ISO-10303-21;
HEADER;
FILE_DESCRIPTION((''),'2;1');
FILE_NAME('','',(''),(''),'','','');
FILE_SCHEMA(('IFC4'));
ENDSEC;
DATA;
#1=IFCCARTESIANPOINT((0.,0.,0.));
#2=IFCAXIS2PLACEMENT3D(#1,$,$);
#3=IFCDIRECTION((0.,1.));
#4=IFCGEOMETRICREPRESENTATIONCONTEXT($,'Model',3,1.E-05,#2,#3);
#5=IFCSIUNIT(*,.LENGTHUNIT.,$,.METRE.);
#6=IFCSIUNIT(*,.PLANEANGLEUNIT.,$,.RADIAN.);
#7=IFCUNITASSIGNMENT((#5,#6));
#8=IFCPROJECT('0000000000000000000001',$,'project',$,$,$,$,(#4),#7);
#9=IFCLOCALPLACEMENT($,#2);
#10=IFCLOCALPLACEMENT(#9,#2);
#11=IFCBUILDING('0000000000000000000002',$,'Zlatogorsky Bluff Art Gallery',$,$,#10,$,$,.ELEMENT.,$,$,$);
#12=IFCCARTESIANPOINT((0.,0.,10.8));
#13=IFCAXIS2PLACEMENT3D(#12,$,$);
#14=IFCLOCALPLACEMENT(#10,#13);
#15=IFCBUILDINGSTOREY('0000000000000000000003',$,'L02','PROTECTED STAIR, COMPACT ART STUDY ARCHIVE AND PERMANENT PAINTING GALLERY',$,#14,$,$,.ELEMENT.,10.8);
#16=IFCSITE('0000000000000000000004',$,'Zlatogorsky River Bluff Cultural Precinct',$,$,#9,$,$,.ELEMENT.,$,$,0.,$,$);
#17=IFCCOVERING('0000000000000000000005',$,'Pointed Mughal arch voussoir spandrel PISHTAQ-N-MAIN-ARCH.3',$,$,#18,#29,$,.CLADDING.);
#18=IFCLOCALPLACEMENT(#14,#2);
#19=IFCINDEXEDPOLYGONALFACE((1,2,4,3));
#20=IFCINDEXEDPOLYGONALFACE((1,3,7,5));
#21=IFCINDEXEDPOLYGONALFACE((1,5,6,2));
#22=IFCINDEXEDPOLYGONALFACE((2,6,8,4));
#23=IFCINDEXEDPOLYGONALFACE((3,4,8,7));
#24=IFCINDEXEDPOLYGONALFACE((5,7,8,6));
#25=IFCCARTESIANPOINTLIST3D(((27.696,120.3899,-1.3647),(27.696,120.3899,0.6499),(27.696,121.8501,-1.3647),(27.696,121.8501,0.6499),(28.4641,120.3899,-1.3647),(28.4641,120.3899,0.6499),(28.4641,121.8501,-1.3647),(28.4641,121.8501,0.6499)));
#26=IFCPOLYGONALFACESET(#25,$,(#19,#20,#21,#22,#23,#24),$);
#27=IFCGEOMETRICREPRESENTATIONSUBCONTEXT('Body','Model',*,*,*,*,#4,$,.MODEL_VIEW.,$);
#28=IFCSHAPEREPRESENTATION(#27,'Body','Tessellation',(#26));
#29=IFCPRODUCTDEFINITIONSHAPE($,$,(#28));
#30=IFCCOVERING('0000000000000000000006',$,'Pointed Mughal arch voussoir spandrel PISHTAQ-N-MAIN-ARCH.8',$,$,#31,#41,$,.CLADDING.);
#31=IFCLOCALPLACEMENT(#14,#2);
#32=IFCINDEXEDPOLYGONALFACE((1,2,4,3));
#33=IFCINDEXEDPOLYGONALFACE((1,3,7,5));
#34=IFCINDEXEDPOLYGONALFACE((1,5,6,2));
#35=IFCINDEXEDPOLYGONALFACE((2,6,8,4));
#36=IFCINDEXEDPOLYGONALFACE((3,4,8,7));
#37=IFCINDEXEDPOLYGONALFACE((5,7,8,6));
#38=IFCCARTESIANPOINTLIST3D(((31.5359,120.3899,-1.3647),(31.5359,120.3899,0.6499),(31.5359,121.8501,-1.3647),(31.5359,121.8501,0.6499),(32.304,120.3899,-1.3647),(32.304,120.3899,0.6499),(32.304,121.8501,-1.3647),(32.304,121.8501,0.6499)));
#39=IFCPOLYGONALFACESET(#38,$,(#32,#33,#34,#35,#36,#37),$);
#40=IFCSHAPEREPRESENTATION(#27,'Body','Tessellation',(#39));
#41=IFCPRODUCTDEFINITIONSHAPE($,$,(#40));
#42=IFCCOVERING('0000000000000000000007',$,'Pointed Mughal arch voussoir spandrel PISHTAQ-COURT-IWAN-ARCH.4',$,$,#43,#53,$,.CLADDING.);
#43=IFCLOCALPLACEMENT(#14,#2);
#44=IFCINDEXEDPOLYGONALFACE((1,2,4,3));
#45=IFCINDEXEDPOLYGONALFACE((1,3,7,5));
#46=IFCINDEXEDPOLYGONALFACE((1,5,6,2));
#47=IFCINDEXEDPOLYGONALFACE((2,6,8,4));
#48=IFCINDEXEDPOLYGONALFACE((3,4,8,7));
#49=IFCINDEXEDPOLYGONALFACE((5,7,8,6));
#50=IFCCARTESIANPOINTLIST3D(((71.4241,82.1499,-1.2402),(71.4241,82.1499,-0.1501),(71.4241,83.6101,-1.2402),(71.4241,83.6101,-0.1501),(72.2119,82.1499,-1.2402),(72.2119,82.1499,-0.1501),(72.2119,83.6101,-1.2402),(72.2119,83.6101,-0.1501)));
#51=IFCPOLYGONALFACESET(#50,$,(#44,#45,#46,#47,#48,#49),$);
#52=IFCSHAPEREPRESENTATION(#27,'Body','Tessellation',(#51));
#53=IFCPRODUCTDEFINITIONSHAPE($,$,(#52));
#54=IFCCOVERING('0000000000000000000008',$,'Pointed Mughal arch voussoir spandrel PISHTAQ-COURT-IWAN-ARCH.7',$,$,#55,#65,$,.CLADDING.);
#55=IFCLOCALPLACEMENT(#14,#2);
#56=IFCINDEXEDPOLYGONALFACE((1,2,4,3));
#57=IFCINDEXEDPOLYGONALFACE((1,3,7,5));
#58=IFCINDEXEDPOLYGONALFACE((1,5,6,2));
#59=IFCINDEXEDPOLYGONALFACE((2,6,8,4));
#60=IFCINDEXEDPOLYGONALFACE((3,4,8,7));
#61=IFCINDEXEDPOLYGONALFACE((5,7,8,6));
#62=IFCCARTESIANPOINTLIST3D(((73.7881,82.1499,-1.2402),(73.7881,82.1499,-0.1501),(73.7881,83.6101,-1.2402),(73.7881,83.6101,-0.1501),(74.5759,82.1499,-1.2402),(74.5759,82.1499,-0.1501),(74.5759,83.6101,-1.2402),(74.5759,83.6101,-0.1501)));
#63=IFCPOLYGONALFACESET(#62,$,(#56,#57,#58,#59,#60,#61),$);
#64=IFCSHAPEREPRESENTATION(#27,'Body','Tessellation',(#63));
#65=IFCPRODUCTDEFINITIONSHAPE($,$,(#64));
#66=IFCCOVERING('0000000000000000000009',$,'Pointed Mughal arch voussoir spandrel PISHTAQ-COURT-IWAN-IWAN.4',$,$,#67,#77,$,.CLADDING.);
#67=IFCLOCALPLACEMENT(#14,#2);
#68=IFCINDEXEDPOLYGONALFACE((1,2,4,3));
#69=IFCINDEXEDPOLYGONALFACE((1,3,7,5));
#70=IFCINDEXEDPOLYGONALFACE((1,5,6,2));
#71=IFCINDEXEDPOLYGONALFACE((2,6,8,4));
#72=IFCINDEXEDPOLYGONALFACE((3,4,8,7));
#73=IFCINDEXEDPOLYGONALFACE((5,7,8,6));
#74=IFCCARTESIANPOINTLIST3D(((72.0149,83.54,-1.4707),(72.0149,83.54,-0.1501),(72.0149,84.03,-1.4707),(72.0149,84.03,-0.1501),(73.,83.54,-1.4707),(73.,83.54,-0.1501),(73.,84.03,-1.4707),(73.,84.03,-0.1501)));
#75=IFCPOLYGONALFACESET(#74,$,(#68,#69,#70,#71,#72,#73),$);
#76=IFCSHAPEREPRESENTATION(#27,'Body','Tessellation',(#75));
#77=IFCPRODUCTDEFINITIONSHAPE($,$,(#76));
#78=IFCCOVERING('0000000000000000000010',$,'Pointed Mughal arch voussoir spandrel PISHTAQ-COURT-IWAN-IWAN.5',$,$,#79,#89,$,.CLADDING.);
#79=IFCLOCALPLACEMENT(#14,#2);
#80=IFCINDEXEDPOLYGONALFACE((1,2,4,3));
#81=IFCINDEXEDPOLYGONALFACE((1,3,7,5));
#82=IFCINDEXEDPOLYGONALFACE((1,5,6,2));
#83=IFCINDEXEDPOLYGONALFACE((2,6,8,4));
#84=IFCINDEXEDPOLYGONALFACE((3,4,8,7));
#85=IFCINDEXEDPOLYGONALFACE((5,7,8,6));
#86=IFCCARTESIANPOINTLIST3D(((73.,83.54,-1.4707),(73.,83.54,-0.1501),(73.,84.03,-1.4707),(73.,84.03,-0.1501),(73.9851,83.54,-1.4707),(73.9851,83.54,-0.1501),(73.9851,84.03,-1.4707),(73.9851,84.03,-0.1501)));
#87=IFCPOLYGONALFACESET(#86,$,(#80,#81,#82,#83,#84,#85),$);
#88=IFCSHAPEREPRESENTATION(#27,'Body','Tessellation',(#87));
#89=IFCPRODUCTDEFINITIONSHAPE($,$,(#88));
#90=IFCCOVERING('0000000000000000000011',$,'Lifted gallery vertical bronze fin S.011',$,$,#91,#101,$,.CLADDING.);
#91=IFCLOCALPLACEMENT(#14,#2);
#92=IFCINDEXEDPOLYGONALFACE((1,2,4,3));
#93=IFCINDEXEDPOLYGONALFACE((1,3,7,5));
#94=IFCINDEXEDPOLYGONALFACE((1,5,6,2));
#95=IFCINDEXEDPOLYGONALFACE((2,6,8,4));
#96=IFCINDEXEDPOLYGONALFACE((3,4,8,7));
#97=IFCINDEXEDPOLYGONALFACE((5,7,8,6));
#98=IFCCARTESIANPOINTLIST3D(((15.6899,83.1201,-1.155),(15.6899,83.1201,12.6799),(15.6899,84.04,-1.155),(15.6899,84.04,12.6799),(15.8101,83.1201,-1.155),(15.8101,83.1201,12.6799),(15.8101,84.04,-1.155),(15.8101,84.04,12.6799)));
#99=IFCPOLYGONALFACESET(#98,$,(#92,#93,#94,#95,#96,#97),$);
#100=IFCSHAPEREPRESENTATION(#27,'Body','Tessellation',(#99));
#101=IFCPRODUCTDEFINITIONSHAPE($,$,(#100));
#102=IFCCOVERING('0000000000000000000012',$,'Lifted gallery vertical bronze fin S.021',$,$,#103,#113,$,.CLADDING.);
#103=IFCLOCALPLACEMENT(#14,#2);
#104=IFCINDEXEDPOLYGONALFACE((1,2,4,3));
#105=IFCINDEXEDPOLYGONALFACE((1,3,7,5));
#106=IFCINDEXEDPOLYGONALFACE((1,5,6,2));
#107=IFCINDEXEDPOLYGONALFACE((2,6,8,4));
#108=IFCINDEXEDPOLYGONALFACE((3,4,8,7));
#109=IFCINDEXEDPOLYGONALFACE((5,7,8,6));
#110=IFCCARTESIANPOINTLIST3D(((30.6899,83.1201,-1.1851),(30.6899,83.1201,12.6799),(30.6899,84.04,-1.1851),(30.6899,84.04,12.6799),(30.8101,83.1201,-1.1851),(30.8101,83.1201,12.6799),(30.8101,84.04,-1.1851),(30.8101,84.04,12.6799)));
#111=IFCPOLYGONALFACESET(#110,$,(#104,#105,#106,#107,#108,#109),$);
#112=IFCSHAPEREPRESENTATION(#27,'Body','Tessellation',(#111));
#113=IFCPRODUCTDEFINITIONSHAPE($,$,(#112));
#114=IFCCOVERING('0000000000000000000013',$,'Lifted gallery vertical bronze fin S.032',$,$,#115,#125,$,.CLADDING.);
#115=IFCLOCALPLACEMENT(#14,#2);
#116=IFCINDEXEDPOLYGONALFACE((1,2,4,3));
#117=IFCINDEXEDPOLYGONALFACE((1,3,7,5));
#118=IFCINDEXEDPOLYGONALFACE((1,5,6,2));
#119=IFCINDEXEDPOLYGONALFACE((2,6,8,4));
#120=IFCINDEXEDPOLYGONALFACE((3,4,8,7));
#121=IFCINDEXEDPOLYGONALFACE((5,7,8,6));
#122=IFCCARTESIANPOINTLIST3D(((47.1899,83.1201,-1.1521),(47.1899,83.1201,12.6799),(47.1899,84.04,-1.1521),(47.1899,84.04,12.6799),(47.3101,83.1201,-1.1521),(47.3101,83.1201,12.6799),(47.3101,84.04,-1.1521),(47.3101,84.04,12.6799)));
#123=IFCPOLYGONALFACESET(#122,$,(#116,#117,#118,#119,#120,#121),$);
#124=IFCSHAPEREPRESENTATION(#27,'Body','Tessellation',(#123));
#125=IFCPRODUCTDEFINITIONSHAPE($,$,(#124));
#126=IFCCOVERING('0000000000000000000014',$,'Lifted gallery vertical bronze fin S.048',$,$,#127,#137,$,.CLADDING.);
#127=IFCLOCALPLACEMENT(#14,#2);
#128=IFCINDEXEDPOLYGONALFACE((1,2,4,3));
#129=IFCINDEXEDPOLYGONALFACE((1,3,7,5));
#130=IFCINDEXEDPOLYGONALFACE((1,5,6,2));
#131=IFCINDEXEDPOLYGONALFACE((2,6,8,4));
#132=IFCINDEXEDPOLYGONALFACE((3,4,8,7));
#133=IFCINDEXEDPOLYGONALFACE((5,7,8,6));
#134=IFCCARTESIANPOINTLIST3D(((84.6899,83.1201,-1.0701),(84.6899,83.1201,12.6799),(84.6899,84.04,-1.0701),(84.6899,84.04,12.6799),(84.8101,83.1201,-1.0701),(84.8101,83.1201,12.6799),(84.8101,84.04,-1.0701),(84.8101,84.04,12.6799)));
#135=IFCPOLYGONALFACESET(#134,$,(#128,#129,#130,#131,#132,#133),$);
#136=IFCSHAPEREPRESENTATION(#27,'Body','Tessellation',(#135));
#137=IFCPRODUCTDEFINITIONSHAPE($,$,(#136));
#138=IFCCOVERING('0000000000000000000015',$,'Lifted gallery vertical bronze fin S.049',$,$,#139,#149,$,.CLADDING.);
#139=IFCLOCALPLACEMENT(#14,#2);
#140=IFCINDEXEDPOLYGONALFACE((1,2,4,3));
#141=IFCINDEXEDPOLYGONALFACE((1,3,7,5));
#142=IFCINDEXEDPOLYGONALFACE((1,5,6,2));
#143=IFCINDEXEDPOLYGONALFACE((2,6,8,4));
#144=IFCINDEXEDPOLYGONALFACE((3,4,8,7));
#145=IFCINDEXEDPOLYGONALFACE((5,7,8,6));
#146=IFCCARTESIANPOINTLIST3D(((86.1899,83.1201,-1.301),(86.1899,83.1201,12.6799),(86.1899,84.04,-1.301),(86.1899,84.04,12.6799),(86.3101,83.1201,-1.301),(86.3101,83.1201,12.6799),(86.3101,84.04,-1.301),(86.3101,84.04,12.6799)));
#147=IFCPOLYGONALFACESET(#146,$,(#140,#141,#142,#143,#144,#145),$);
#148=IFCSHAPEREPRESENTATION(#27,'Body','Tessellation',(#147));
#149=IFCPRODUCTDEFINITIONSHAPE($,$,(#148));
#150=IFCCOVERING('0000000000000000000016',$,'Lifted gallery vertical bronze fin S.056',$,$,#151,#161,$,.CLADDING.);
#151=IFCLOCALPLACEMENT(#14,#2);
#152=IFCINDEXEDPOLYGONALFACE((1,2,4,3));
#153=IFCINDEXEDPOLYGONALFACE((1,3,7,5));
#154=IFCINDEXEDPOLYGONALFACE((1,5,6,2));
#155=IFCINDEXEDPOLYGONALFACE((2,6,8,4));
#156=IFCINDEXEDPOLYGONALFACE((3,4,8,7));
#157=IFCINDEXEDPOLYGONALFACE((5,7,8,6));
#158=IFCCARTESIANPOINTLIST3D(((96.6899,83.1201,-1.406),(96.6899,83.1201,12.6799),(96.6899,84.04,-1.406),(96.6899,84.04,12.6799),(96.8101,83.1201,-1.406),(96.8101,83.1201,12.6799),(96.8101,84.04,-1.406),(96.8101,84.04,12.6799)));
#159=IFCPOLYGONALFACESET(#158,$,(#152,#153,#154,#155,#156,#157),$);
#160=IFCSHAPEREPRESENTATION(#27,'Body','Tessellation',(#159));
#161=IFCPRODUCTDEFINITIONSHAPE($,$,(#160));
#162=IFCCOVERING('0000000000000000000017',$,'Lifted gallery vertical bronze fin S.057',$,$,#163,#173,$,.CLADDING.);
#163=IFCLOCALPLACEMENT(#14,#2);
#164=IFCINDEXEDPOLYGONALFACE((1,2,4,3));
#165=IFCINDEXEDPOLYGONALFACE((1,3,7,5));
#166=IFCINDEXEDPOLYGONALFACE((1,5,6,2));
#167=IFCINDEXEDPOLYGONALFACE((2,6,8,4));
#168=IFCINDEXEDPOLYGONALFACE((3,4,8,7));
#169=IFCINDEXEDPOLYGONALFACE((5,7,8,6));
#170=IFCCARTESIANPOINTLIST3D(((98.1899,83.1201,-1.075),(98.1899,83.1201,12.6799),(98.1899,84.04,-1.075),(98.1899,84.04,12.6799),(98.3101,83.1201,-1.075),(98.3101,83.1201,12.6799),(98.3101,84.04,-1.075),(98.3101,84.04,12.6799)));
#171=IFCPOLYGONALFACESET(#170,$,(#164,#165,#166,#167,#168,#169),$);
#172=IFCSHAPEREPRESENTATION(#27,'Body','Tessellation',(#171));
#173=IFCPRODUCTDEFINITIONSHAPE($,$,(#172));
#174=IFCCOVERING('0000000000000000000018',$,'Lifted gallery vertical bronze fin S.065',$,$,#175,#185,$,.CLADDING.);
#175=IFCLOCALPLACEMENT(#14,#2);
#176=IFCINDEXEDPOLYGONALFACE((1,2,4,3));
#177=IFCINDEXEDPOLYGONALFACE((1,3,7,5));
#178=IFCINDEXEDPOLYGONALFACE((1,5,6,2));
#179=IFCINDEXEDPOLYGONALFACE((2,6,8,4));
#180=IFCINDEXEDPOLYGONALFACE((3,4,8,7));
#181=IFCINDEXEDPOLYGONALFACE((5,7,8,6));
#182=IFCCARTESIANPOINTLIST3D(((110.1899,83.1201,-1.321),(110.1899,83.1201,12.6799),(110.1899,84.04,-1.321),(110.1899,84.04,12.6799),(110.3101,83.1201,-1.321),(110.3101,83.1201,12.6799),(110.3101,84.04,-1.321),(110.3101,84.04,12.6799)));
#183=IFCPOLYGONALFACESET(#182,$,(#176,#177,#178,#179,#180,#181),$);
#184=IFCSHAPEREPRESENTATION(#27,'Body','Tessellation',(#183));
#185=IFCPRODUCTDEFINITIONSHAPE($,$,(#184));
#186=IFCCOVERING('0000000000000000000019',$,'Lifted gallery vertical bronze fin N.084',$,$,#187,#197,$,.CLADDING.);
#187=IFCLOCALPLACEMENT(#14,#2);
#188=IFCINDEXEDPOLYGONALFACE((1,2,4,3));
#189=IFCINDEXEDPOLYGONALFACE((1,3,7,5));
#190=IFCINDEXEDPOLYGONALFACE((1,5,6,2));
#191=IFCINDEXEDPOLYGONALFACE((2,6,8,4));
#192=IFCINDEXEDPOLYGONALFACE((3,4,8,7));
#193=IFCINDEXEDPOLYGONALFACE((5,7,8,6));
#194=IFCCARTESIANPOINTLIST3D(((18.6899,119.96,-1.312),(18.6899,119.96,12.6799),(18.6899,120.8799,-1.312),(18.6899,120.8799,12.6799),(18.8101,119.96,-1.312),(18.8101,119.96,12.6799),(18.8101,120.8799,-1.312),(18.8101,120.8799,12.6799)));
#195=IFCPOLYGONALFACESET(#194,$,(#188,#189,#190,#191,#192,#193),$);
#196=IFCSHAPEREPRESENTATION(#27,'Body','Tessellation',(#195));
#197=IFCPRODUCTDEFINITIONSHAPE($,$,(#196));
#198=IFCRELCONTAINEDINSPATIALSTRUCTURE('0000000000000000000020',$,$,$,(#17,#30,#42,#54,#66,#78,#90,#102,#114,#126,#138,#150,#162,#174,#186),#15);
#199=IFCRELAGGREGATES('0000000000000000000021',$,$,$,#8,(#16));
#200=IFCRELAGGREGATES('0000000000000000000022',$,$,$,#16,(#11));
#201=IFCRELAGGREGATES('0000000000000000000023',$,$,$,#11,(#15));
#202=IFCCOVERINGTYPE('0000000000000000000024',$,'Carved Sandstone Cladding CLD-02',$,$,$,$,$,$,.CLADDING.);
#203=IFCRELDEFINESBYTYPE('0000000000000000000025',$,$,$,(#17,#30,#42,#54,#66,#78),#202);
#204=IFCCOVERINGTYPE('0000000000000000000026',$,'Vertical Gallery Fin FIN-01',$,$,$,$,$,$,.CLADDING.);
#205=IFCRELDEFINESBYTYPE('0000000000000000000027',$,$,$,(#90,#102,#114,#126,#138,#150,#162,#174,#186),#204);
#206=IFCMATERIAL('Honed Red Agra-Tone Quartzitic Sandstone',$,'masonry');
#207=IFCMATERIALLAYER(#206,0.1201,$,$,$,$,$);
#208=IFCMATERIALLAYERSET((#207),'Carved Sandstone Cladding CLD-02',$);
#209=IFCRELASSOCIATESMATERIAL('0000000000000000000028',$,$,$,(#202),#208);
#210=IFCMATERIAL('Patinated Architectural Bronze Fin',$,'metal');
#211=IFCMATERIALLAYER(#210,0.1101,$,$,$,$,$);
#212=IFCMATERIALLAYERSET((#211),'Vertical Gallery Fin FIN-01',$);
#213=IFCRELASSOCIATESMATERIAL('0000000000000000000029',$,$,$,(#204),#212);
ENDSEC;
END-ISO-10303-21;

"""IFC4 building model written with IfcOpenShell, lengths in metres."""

from ifc_helpers import new_model, si_unit, direction, frame, origin, place, context, subcontext, project, spatial, polyline, outline, extrude, material, layer, layer_set, type_object, element, save


model = new_model("IFC4")

# Units and contexts
model_context = context("Model", 3, precision=1e-05, world=origin(), true_north=direction((0.0, 1.0)))
body_context = subcontext(model_context, "Body", "Model", "MODEL_VIEW")
ifc_project = project(units=[si_unit("LENGTHUNIT", "METRE"), si_unit("PLANEANGLEUNIT", "RADIAN")], contexts=[model_context])

# Site, building, storey
site_placement = place(None, origin())
site = spatial("IfcSite", under=ifc_project, at=site_placement, Name="Zlatogorsky River Bluff Cultural Precinct", CompositionType="ELEMENT", RefElevation=0.0)
building_placement = place(site_placement, origin())
building = spatial("IfcBuilding", under=site, at=building_placement, Name="Zlatogorsky Bluff Art Gallery", CompositionType="ELEMENT")
storey_placement = place(building_placement, frame((0.0, 0.0, 10.8)))
storey = spatial("IfcBuildingStorey", under=building, at=storey_placement, Name="L02", Description="PROTECTED STAIR, COMPACT ART STUDY ARCHIVE AND PERMANENT PAINTING GALLERY", CompositionType="ELEMENT", Elevation=10.8)

# Coverings
ifc_material_1 = material(Name="Honed Red Agra-Tone Quartzitic Sandstone", Category="masonry")
ifc_layer_1 = layer(ifc_material_1, 0.1201)
ifc_layer_set_1 = layer_set([ifc_layer_1], Name="Carved Sandstone Cladding CLD-02")
covering_type_1 = type_object("IfcCoveringType", Name="Carved Sandstone Cladding CLD-02", PredefinedType="CLADDING", material=ifc_layer_set_1)
covering_1_placement = place(storey_placement, frame((0.0, 0.0, -1.3647)))
element("IfcCovering", 1, at=covering_1_placement, inside=storey, type_object=covering_type_1, Name="Pointed Mughal arch voussoir spandrel PISHTAQ-N-MAIN-ARCH.3", PredefinedType="CLADDING", context=body_context, shape_type="SweptSolid", body=[
    extrude(outline(polyline([(27.696, 120.3899), (28.4641, 120.3899), (28.4641, 121.8501), (27.696, 121.8501), (27.696, 120.3899)])), origin(), (0.0, 0.0, 1.0), 2.0146),
])
covering_2_placement = place(storey_placement, frame((0.0, 0.0, -1.3647)))
element("IfcCovering", 2, at=covering_2_placement, inside=storey, type_object=covering_type_1, Name="Pointed Mughal arch voussoir spandrel PISHTAQ-N-MAIN-ARCH.8", PredefinedType="CLADDING", context=body_context, shape_type="SweptSolid", body=[
    extrude(outline(polyline([(31.5359, 120.3899), (32.304, 120.3899), (32.304, 121.8501), (31.5359, 121.8501), (31.5359, 120.3899)])), origin(), (0.0, 0.0, 1.0), 2.0146),
])
covering_3_placement = place(storey_placement, frame((0.0, 0.0, -1.2402)))
element("IfcCovering", 3, at=covering_3_placement, inside=storey, type_object=covering_type_1, Name="Pointed Mughal arch voussoir spandrel PISHTAQ-COURT-IWAN-ARCH.4", PredefinedType="CLADDING", context=body_context, shape_type="SweptSolid", body=[
    extrude(outline(polyline([(71.4241, 82.1499), (72.2119, 82.1499), (72.2119, 83.6101), (71.4241, 83.6101), (71.4241, 82.1499)])), origin(), (0.0, 0.0, 1.0), 1.0901),
])
covering_4_placement = place(storey_placement, frame((0.0, 0.0, -1.2402)))
element("IfcCovering", 4, at=covering_4_placement, inside=storey, type_object=covering_type_1, Name="Pointed Mughal arch voussoir spandrel PISHTAQ-COURT-IWAN-ARCH.7", PredefinedType="CLADDING", context=body_context, shape_type="SweptSolid", body=[
    extrude(outline(polyline([(73.7881, 82.1499), (74.5759, 82.1499), (74.5759, 83.6101), (73.7881, 83.6101), (73.7881, 82.1499)])), origin(), (0.0, 0.0, 1.0), 1.0901),
])
covering_5_placement = place(storey_placement, frame((0.0, 0.0, -1.4707)))
element("IfcCovering", 5, at=covering_5_placement, inside=storey, type_object=covering_type_1, Name="Pointed Mughal arch voussoir spandrel PISHTAQ-COURT-IWAN-IWAN.4", PredefinedType="CLADDING", context=body_context, shape_type="SweptSolid", body=[
    extrude(outline(polyline([(72.0149, 83.54), (73.0, 83.54), (73.0, 84.03), (72.0149, 84.03), (72.0149, 83.54)])), origin(), (0.0, 0.0, 1.0), 1.3206),
])
covering_6_placement = place(storey_placement, frame((0.0, 0.0, -1.4707)))
element("IfcCovering", 6, at=covering_6_placement, inside=storey, type_object=covering_type_1, Name="Pointed Mughal arch voussoir spandrel PISHTAQ-COURT-IWAN-IWAN.5", PredefinedType="CLADDING", context=body_context, shape_type="SweptSolid", body=[
    extrude(outline(polyline([(73.0, 83.54), (73.9851, 83.54), (73.9851, 84.03), (73.0, 84.03), (73.0, 83.54)])), origin(), (0.0, 0.0, 1.0), 1.3206),
])
ifc_material_2 = material(Name="Patinated Architectural Bronze Fin", Category="metal")
ifc_layer_2 = layer(ifc_material_2, 0.1101)
ifc_layer_set_2 = layer_set([ifc_layer_2], Name="Vertical Gallery Fin FIN-01")
covering_type_2 = type_object("IfcCoveringType", Name="Vertical Gallery Fin FIN-01", PredefinedType="CLADDING", material=ifc_layer_set_2)
covering_7_placement = place(storey_placement, frame((0.0, 0.0, -1.155)))
element("IfcCovering", 7, at=covering_7_placement, inside=storey, type_object=covering_type_2, Name="Lifted gallery vertical bronze fin S.011", PredefinedType="CLADDING", context=body_context, shape_type="SweptSolid", body=[
    extrude(outline(polyline([(15.6899, 83.1201), (15.8101, 83.1201), (15.8101, 84.04), (15.6899, 84.04), (15.6899, 83.1201)])), origin(), (0.0, 0.0, 1.0), 13.835),
])
covering_8_placement = place(storey_placement, frame((0.0, 0.0, -1.1851)))
element("IfcCovering", 8, at=covering_8_placement, inside=storey, type_object=covering_type_2, Name="Lifted gallery vertical bronze fin S.021", PredefinedType="CLADDING", context=body_context, shape_type="SweptSolid", body=[
    extrude(outline(polyline([(30.6899, 83.1201), (30.8101, 83.1201), (30.8101, 84.04), (30.6899, 84.04), (30.6899, 83.1201)])), origin(), (0.0, 0.0, 1.0), 13.865),
])
covering_9_placement = place(storey_placement, frame((0.0, 0.0, -1.1521)))
element("IfcCovering", 9, at=covering_9_placement, inside=storey, type_object=covering_type_2, Name="Lifted gallery vertical bronze fin S.032", PredefinedType="CLADDING", context=body_context, shape_type="SweptSolid", body=[
    extrude(outline(polyline([(47.1899, 83.1201), (47.3101, 83.1201), (47.3101, 84.04), (47.1899, 84.04), (47.1899, 83.1201)])), origin(), (0.0, 0.0, 1.0), 13.832),
])
covering_10_placement = place(storey_placement, frame((0.0, 0.0, -1.0701)))
element("IfcCovering", 10, at=covering_10_placement, inside=storey, type_object=covering_type_2, Name="Lifted gallery vertical bronze fin S.048", PredefinedType="CLADDING", context=body_context, shape_type="SweptSolid", body=[
    extrude(outline(polyline([(84.6899, 83.1201), (84.8101, 83.1201), (84.8101, 84.04), (84.6899, 84.04), (84.6899, 83.1201)])), origin(), (0.0, 0.0, 1.0), 13.75),
])
covering_11_placement = place(storey_placement, frame((0.0, 0.0, -1.301)))
element("IfcCovering", 11, at=covering_11_placement, inside=storey, type_object=covering_type_2, Name="Lifted gallery vertical bronze fin S.049", PredefinedType="CLADDING", context=body_context, shape_type="SweptSolid", body=[
    extrude(outline(polyline([(86.1899, 83.1201), (86.3101, 83.1201), (86.3101, 84.04), (86.1899, 84.04), (86.1899, 83.1201)])), origin(), (0.0, 0.0, 1.0), 13.981),
])
covering_12_placement = place(storey_placement, frame((0.0, 0.0, -1.406)))
element("IfcCovering", 12, at=covering_12_placement, inside=storey, type_object=covering_type_2, Name="Lifted gallery vertical bronze fin S.056", PredefinedType="CLADDING", context=body_context, shape_type="SweptSolid", body=[
    extrude(outline(polyline([(96.6899, 83.1201), (96.8101, 83.1201), (96.8101, 84.04), (96.6899, 84.04), (96.6899, 83.1201)])), origin(), (0.0, 0.0, 1.0), 14.0859),
])
covering_13_placement = place(storey_placement, frame((0.0, 0.0, -1.075)))
element("IfcCovering", 13, at=covering_13_placement, inside=storey, type_object=covering_type_2, Name="Lifted gallery vertical bronze fin S.057", PredefinedType="CLADDING", context=body_context, shape_type="SweptSolid", body=[
    extrude(outline(polyline([(98.1899, 83.1201), (98.3101, 83.1201), (98.3101, 84.04), (98.1899, 84.04), (98.1899, 83.1201)])), origin(), (0.0, 0.0, 1.0), 13.7549),
])
covering_14_placement = place(storey_placement, frame((0.0, 0.0, -1.321)))
element("IfcCovering", 14, at=covering_14_placement, inside=storey, type_object=covering_type_2, Name="Lifted gallery vertical bronze fin S.065", PredefinedType="CLADDING", context=body_context, shape_type="SweptSolid", body=[
    extrude(outline(polyline([(110.1899, 83.1201), (110.3101, 83.1201), (110.3101, 84.04), (110.1899, 84.04), (110.1899, 83.1201)])), origin(), (0.0, 0.0, 1.0), 14.001),
])
covering_15_placement = place(storey_placement, frame((0.0, 0.0, -1.312)))
element("IfcCovering", 15, at=covering_15_placement, inside=storey, type_object=covering_type_2, Name="Lifted gallery vertical bronze fin N.084", PredefinedType="CLADDING", context=body_context, shape_type="SweptSolid", body=[
    extrude(outline(polyline([(18.6899, 119.96), (18.8101, 119.96), (18.8101, 120.8799), (18.6899, 120.8799), (18.6899, 119.96)])), origin(), (0.0, 0.0, 1.0), 13.9919),
])

save(model, "model.ifc")
